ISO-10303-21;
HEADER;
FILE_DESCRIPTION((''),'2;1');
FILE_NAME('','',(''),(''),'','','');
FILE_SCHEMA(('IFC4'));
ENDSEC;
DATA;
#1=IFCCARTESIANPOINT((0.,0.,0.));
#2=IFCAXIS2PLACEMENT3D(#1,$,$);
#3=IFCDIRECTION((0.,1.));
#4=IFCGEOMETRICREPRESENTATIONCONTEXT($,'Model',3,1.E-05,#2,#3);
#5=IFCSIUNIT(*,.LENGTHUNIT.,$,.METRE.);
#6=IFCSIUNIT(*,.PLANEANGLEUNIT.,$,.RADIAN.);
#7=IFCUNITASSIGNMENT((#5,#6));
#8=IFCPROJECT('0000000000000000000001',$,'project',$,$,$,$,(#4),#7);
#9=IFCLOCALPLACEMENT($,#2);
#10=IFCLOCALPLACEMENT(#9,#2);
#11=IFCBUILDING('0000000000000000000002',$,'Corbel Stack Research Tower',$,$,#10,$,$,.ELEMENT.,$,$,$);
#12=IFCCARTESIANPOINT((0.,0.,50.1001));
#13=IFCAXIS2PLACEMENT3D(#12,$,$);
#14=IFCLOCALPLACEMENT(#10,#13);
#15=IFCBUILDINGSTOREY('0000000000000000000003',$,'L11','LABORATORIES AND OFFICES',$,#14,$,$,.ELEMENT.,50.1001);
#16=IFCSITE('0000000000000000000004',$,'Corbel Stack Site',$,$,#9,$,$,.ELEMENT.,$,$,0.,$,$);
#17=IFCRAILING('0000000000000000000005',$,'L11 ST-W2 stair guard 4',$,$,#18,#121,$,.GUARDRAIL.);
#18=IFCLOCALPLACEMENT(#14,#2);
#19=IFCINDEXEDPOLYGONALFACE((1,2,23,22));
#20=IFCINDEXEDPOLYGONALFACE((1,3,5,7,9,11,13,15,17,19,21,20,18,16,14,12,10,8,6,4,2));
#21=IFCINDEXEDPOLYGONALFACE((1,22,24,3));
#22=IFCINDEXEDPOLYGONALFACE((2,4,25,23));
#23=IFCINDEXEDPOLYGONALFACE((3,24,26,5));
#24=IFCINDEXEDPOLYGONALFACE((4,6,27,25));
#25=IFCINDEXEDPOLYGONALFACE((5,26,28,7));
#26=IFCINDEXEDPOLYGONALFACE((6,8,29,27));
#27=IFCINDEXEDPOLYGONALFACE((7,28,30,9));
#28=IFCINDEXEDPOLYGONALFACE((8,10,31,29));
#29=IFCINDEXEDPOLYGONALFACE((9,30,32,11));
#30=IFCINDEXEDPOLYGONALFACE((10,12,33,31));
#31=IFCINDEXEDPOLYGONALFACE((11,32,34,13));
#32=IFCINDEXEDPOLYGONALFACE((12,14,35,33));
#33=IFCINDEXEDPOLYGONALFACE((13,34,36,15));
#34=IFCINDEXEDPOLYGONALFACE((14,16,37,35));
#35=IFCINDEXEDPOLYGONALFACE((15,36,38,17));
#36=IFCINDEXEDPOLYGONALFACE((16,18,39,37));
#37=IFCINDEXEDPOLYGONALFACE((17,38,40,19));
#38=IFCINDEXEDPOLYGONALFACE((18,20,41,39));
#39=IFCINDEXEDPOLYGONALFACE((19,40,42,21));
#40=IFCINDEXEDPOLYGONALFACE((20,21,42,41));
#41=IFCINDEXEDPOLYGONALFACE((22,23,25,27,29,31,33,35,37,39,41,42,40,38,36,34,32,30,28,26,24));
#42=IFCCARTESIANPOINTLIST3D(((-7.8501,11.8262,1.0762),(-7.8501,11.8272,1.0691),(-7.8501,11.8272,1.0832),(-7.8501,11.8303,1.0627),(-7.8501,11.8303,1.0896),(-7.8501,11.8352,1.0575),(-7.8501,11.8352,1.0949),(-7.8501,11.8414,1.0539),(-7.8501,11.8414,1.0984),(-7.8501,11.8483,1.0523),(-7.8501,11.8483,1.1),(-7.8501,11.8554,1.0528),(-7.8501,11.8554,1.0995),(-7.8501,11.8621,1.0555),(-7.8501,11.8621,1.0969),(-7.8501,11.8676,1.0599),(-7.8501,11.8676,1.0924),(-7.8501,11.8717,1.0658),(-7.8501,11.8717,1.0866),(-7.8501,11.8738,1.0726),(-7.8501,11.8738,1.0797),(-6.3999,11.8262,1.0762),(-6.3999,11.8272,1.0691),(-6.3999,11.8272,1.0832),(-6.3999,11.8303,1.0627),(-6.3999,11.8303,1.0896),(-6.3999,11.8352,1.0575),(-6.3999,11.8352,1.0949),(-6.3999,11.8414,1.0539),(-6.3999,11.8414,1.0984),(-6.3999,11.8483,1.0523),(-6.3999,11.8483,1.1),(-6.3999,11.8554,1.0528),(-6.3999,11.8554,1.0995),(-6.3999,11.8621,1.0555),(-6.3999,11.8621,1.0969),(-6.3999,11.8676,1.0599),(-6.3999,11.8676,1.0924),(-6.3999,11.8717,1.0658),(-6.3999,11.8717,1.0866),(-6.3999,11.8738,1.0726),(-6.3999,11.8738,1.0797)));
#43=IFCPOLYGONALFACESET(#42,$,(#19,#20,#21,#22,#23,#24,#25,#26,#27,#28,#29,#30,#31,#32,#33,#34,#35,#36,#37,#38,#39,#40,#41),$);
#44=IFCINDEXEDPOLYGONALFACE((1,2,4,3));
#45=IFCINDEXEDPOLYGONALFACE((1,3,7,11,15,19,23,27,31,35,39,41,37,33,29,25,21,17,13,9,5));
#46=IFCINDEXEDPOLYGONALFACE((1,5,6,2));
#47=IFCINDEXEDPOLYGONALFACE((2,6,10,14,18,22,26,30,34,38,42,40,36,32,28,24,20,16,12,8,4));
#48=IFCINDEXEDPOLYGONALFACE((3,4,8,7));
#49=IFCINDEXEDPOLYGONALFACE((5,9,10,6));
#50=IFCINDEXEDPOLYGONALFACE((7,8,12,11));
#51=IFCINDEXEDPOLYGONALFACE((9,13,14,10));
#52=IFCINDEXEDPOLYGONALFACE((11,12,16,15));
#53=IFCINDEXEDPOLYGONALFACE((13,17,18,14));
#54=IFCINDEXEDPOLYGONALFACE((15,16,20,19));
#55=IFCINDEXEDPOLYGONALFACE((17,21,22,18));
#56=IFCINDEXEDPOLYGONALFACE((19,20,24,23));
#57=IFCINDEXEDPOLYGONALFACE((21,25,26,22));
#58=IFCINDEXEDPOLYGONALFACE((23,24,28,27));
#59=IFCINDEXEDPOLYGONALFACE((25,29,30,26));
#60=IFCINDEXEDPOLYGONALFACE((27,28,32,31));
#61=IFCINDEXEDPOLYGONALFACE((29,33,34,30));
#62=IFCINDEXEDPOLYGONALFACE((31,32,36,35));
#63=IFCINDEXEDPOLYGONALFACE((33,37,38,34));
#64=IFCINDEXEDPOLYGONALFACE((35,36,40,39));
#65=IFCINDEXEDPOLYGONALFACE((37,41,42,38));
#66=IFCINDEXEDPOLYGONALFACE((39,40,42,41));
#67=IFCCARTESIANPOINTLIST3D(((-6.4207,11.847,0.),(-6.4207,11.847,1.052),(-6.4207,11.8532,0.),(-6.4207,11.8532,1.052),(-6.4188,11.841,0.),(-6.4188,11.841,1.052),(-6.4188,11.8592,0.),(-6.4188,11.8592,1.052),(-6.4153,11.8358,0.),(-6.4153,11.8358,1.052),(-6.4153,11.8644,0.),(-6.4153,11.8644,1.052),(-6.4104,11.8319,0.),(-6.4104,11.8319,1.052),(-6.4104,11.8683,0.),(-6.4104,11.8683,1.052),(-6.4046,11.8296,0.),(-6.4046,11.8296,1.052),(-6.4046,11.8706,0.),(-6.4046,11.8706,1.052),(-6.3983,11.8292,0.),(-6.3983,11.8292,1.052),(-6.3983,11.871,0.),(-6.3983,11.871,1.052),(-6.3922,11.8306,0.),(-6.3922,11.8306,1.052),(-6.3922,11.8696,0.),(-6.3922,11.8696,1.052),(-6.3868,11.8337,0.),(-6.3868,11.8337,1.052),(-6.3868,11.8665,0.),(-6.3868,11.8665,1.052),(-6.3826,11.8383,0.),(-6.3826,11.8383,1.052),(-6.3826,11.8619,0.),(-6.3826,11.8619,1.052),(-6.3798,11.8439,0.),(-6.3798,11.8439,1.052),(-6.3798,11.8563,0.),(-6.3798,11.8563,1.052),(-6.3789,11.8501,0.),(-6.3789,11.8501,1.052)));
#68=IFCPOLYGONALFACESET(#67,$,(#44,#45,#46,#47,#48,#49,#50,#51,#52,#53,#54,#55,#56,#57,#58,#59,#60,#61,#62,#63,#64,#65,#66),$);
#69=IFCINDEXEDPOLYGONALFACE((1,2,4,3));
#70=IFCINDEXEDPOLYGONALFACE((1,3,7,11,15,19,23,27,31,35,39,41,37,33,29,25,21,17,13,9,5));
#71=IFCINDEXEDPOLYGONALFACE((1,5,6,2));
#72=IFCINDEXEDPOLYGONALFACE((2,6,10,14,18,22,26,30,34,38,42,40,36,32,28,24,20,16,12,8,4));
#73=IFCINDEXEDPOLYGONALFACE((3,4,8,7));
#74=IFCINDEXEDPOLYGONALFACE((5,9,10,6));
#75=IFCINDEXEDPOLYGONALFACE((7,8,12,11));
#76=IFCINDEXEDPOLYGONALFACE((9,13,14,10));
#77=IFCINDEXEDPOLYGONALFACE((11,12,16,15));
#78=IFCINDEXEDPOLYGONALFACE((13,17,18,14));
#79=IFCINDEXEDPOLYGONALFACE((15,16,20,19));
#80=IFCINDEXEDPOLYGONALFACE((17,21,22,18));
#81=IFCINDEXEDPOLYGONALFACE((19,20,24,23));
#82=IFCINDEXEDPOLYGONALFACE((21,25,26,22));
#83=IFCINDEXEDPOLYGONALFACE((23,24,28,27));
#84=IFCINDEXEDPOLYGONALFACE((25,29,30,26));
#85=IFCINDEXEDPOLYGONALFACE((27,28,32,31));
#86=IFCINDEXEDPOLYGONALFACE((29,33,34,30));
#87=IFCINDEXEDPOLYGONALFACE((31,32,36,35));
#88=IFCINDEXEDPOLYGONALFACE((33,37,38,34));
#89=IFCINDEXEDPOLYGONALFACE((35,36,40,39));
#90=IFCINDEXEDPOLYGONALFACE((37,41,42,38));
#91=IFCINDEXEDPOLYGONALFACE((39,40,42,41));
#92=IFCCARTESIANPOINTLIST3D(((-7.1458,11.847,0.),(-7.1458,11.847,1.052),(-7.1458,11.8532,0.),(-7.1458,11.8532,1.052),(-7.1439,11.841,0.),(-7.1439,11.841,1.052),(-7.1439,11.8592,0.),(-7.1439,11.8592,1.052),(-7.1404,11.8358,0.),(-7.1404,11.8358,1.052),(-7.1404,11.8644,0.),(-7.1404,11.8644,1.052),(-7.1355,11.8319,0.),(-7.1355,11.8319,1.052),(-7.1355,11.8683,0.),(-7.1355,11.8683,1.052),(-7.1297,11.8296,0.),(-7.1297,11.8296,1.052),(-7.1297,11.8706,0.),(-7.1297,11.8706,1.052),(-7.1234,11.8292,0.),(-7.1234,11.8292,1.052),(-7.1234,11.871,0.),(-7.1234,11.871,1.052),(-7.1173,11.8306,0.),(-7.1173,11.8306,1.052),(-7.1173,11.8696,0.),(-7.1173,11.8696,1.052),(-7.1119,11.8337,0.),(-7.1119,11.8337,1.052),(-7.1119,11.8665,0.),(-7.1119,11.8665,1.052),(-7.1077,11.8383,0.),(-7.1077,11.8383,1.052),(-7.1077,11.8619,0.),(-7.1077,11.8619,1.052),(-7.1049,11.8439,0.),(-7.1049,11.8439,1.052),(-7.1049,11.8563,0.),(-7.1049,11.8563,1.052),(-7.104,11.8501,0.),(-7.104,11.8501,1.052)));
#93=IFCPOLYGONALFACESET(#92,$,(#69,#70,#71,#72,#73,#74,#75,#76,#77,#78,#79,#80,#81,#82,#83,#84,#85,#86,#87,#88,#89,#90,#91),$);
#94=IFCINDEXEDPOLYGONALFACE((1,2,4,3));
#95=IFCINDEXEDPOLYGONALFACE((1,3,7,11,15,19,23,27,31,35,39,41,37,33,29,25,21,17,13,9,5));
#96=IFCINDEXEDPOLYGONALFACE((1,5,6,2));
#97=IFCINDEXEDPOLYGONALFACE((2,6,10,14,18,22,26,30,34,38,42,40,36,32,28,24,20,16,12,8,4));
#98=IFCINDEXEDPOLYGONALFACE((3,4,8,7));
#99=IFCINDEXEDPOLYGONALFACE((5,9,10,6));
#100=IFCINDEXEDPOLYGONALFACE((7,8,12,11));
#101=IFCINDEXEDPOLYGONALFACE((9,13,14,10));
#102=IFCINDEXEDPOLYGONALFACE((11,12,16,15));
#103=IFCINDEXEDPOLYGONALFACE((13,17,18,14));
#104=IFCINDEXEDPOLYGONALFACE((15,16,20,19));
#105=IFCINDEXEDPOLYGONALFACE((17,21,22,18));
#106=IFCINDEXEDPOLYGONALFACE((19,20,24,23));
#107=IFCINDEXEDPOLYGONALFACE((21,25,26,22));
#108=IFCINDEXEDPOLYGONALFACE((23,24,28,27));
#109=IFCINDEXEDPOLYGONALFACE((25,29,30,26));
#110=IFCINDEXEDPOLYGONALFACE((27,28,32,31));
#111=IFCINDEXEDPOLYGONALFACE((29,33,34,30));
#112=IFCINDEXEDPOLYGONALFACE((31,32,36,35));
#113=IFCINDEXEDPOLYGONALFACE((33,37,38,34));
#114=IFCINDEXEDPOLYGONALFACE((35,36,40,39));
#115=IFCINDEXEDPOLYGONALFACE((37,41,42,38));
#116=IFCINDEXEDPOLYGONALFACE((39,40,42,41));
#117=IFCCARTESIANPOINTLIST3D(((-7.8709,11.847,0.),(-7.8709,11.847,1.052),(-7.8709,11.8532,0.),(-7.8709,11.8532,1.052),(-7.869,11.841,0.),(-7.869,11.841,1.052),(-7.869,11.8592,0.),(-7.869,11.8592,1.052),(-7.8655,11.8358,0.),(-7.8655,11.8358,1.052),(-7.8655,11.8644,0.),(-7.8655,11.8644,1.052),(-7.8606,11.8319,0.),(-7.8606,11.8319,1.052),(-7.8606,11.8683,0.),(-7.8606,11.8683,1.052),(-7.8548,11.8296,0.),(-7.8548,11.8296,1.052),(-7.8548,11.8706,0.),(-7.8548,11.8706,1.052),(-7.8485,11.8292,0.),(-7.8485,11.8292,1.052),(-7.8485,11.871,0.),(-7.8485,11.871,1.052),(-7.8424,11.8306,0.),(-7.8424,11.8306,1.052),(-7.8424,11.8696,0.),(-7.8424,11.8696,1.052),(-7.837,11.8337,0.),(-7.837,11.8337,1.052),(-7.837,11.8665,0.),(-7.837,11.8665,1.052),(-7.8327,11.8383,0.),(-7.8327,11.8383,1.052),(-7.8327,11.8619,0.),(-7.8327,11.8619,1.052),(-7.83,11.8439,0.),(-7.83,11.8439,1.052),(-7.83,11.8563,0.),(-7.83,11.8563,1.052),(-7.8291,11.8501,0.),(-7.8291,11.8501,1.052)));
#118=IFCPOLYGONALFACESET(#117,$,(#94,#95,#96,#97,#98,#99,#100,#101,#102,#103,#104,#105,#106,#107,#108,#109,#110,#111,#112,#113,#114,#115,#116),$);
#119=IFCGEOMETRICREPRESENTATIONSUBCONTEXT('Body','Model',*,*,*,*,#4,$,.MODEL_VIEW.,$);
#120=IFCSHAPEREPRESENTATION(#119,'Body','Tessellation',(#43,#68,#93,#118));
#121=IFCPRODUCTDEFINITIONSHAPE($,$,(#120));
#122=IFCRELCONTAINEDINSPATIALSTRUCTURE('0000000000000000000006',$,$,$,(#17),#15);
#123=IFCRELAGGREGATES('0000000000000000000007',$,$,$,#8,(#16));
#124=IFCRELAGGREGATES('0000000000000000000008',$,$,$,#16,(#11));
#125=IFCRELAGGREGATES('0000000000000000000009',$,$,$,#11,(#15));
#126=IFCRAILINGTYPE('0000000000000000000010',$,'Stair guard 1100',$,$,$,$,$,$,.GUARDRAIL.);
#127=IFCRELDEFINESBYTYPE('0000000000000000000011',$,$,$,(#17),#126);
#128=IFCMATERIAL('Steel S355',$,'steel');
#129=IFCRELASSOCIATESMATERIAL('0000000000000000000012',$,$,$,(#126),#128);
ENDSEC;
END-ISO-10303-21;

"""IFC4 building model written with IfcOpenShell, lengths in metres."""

from ifc_helpers import new_model, si_unit, direction, frame, origin, origin_2d, place, context, subcontext, project, spatial, circle, extrude, material, type_object, element, save


model = new_model("IFC4")

# Units and contexts
model_context = context("Model", 3, precision=1e-05, world=origin(), true_north=direction((0.0, 1.0)))
body_context = subcontext(model_context, "Body", "Model", "MODEL_VIEW")
ifc_project = project(units=[si_unit("LENGTHUNIT", "METRE"), si_unit("PLANEANGLEUNIT", "RADIAN")], contexts=[model_context])

# Site, building, storey
site_placement = place(None, origin())
site = spatial("IfcSite", under=ifc_project, at=site_placement, Name="Corbel Stack Site", CompositionType="ELEMENT", RefElevation=0.0)
building_placement = place(site_placement, origin())
building = spatial("IfcBuilding", under=site, at=building_placement, Name="Corbel Stack Research Tower", CompositionType="ELEMENT")
storey_placement = place(building_placement, frame((0.0, 0.0, 50.1001)))
storey = spatial("IfcBuildingStorey", under=building, at=storey_placement, Name="L11", Description="LABORATORIES AND OFFICES", CompositionType="ELEMENT", Elevation=50.1001)

# Railing
ifc_material_1 = material(Name="Steel S355", Category="steel")
railing_type_1 = type_object("IfcRailingType", Name="Stair guard 1100", PredefinedType="GUARDRAIL", material=ifc_material_1)
railing_1_placement = place(storey_placement, frame((-6.3999, 11.8501, 0.0)))
element("IfcRailing", 1, at=railing_1_placement, inside=storey, type_object=railing_type_1, Name="L11 ST-W2 stair guard 4", PredefinedType="GUARDRAIL", context=body_context, shape_type="SweptSolid", body=[
    extrude(circle(Radius=0.0239, at=origin_2d()), frame((0.0, 0.0, 1.0762), z_axis=(-1.0, 0.0, 0.0), x_axis=(0.0, -1.0, 0.0)), (0.0, 0.0, 1.0), 1.4502),
    extrude(circle(Radius=0.021, at=origin_2d()), origin(), (0.0, 0.0, 1.0), 1.052),
    extrude(circle(Radius=0.021, at=origin_2d()), frame((-0.7251, 0.0, 0.0)), (0.0, 0.0, 1.0), 1.052),
    extrude(circle(Radius=0.021, at=origin_2d()), frame((-1.4502, 0.0, 0.0)), (0.0, 0.0, 1.0), 1.052),
])

save(model, "model.ifc")
